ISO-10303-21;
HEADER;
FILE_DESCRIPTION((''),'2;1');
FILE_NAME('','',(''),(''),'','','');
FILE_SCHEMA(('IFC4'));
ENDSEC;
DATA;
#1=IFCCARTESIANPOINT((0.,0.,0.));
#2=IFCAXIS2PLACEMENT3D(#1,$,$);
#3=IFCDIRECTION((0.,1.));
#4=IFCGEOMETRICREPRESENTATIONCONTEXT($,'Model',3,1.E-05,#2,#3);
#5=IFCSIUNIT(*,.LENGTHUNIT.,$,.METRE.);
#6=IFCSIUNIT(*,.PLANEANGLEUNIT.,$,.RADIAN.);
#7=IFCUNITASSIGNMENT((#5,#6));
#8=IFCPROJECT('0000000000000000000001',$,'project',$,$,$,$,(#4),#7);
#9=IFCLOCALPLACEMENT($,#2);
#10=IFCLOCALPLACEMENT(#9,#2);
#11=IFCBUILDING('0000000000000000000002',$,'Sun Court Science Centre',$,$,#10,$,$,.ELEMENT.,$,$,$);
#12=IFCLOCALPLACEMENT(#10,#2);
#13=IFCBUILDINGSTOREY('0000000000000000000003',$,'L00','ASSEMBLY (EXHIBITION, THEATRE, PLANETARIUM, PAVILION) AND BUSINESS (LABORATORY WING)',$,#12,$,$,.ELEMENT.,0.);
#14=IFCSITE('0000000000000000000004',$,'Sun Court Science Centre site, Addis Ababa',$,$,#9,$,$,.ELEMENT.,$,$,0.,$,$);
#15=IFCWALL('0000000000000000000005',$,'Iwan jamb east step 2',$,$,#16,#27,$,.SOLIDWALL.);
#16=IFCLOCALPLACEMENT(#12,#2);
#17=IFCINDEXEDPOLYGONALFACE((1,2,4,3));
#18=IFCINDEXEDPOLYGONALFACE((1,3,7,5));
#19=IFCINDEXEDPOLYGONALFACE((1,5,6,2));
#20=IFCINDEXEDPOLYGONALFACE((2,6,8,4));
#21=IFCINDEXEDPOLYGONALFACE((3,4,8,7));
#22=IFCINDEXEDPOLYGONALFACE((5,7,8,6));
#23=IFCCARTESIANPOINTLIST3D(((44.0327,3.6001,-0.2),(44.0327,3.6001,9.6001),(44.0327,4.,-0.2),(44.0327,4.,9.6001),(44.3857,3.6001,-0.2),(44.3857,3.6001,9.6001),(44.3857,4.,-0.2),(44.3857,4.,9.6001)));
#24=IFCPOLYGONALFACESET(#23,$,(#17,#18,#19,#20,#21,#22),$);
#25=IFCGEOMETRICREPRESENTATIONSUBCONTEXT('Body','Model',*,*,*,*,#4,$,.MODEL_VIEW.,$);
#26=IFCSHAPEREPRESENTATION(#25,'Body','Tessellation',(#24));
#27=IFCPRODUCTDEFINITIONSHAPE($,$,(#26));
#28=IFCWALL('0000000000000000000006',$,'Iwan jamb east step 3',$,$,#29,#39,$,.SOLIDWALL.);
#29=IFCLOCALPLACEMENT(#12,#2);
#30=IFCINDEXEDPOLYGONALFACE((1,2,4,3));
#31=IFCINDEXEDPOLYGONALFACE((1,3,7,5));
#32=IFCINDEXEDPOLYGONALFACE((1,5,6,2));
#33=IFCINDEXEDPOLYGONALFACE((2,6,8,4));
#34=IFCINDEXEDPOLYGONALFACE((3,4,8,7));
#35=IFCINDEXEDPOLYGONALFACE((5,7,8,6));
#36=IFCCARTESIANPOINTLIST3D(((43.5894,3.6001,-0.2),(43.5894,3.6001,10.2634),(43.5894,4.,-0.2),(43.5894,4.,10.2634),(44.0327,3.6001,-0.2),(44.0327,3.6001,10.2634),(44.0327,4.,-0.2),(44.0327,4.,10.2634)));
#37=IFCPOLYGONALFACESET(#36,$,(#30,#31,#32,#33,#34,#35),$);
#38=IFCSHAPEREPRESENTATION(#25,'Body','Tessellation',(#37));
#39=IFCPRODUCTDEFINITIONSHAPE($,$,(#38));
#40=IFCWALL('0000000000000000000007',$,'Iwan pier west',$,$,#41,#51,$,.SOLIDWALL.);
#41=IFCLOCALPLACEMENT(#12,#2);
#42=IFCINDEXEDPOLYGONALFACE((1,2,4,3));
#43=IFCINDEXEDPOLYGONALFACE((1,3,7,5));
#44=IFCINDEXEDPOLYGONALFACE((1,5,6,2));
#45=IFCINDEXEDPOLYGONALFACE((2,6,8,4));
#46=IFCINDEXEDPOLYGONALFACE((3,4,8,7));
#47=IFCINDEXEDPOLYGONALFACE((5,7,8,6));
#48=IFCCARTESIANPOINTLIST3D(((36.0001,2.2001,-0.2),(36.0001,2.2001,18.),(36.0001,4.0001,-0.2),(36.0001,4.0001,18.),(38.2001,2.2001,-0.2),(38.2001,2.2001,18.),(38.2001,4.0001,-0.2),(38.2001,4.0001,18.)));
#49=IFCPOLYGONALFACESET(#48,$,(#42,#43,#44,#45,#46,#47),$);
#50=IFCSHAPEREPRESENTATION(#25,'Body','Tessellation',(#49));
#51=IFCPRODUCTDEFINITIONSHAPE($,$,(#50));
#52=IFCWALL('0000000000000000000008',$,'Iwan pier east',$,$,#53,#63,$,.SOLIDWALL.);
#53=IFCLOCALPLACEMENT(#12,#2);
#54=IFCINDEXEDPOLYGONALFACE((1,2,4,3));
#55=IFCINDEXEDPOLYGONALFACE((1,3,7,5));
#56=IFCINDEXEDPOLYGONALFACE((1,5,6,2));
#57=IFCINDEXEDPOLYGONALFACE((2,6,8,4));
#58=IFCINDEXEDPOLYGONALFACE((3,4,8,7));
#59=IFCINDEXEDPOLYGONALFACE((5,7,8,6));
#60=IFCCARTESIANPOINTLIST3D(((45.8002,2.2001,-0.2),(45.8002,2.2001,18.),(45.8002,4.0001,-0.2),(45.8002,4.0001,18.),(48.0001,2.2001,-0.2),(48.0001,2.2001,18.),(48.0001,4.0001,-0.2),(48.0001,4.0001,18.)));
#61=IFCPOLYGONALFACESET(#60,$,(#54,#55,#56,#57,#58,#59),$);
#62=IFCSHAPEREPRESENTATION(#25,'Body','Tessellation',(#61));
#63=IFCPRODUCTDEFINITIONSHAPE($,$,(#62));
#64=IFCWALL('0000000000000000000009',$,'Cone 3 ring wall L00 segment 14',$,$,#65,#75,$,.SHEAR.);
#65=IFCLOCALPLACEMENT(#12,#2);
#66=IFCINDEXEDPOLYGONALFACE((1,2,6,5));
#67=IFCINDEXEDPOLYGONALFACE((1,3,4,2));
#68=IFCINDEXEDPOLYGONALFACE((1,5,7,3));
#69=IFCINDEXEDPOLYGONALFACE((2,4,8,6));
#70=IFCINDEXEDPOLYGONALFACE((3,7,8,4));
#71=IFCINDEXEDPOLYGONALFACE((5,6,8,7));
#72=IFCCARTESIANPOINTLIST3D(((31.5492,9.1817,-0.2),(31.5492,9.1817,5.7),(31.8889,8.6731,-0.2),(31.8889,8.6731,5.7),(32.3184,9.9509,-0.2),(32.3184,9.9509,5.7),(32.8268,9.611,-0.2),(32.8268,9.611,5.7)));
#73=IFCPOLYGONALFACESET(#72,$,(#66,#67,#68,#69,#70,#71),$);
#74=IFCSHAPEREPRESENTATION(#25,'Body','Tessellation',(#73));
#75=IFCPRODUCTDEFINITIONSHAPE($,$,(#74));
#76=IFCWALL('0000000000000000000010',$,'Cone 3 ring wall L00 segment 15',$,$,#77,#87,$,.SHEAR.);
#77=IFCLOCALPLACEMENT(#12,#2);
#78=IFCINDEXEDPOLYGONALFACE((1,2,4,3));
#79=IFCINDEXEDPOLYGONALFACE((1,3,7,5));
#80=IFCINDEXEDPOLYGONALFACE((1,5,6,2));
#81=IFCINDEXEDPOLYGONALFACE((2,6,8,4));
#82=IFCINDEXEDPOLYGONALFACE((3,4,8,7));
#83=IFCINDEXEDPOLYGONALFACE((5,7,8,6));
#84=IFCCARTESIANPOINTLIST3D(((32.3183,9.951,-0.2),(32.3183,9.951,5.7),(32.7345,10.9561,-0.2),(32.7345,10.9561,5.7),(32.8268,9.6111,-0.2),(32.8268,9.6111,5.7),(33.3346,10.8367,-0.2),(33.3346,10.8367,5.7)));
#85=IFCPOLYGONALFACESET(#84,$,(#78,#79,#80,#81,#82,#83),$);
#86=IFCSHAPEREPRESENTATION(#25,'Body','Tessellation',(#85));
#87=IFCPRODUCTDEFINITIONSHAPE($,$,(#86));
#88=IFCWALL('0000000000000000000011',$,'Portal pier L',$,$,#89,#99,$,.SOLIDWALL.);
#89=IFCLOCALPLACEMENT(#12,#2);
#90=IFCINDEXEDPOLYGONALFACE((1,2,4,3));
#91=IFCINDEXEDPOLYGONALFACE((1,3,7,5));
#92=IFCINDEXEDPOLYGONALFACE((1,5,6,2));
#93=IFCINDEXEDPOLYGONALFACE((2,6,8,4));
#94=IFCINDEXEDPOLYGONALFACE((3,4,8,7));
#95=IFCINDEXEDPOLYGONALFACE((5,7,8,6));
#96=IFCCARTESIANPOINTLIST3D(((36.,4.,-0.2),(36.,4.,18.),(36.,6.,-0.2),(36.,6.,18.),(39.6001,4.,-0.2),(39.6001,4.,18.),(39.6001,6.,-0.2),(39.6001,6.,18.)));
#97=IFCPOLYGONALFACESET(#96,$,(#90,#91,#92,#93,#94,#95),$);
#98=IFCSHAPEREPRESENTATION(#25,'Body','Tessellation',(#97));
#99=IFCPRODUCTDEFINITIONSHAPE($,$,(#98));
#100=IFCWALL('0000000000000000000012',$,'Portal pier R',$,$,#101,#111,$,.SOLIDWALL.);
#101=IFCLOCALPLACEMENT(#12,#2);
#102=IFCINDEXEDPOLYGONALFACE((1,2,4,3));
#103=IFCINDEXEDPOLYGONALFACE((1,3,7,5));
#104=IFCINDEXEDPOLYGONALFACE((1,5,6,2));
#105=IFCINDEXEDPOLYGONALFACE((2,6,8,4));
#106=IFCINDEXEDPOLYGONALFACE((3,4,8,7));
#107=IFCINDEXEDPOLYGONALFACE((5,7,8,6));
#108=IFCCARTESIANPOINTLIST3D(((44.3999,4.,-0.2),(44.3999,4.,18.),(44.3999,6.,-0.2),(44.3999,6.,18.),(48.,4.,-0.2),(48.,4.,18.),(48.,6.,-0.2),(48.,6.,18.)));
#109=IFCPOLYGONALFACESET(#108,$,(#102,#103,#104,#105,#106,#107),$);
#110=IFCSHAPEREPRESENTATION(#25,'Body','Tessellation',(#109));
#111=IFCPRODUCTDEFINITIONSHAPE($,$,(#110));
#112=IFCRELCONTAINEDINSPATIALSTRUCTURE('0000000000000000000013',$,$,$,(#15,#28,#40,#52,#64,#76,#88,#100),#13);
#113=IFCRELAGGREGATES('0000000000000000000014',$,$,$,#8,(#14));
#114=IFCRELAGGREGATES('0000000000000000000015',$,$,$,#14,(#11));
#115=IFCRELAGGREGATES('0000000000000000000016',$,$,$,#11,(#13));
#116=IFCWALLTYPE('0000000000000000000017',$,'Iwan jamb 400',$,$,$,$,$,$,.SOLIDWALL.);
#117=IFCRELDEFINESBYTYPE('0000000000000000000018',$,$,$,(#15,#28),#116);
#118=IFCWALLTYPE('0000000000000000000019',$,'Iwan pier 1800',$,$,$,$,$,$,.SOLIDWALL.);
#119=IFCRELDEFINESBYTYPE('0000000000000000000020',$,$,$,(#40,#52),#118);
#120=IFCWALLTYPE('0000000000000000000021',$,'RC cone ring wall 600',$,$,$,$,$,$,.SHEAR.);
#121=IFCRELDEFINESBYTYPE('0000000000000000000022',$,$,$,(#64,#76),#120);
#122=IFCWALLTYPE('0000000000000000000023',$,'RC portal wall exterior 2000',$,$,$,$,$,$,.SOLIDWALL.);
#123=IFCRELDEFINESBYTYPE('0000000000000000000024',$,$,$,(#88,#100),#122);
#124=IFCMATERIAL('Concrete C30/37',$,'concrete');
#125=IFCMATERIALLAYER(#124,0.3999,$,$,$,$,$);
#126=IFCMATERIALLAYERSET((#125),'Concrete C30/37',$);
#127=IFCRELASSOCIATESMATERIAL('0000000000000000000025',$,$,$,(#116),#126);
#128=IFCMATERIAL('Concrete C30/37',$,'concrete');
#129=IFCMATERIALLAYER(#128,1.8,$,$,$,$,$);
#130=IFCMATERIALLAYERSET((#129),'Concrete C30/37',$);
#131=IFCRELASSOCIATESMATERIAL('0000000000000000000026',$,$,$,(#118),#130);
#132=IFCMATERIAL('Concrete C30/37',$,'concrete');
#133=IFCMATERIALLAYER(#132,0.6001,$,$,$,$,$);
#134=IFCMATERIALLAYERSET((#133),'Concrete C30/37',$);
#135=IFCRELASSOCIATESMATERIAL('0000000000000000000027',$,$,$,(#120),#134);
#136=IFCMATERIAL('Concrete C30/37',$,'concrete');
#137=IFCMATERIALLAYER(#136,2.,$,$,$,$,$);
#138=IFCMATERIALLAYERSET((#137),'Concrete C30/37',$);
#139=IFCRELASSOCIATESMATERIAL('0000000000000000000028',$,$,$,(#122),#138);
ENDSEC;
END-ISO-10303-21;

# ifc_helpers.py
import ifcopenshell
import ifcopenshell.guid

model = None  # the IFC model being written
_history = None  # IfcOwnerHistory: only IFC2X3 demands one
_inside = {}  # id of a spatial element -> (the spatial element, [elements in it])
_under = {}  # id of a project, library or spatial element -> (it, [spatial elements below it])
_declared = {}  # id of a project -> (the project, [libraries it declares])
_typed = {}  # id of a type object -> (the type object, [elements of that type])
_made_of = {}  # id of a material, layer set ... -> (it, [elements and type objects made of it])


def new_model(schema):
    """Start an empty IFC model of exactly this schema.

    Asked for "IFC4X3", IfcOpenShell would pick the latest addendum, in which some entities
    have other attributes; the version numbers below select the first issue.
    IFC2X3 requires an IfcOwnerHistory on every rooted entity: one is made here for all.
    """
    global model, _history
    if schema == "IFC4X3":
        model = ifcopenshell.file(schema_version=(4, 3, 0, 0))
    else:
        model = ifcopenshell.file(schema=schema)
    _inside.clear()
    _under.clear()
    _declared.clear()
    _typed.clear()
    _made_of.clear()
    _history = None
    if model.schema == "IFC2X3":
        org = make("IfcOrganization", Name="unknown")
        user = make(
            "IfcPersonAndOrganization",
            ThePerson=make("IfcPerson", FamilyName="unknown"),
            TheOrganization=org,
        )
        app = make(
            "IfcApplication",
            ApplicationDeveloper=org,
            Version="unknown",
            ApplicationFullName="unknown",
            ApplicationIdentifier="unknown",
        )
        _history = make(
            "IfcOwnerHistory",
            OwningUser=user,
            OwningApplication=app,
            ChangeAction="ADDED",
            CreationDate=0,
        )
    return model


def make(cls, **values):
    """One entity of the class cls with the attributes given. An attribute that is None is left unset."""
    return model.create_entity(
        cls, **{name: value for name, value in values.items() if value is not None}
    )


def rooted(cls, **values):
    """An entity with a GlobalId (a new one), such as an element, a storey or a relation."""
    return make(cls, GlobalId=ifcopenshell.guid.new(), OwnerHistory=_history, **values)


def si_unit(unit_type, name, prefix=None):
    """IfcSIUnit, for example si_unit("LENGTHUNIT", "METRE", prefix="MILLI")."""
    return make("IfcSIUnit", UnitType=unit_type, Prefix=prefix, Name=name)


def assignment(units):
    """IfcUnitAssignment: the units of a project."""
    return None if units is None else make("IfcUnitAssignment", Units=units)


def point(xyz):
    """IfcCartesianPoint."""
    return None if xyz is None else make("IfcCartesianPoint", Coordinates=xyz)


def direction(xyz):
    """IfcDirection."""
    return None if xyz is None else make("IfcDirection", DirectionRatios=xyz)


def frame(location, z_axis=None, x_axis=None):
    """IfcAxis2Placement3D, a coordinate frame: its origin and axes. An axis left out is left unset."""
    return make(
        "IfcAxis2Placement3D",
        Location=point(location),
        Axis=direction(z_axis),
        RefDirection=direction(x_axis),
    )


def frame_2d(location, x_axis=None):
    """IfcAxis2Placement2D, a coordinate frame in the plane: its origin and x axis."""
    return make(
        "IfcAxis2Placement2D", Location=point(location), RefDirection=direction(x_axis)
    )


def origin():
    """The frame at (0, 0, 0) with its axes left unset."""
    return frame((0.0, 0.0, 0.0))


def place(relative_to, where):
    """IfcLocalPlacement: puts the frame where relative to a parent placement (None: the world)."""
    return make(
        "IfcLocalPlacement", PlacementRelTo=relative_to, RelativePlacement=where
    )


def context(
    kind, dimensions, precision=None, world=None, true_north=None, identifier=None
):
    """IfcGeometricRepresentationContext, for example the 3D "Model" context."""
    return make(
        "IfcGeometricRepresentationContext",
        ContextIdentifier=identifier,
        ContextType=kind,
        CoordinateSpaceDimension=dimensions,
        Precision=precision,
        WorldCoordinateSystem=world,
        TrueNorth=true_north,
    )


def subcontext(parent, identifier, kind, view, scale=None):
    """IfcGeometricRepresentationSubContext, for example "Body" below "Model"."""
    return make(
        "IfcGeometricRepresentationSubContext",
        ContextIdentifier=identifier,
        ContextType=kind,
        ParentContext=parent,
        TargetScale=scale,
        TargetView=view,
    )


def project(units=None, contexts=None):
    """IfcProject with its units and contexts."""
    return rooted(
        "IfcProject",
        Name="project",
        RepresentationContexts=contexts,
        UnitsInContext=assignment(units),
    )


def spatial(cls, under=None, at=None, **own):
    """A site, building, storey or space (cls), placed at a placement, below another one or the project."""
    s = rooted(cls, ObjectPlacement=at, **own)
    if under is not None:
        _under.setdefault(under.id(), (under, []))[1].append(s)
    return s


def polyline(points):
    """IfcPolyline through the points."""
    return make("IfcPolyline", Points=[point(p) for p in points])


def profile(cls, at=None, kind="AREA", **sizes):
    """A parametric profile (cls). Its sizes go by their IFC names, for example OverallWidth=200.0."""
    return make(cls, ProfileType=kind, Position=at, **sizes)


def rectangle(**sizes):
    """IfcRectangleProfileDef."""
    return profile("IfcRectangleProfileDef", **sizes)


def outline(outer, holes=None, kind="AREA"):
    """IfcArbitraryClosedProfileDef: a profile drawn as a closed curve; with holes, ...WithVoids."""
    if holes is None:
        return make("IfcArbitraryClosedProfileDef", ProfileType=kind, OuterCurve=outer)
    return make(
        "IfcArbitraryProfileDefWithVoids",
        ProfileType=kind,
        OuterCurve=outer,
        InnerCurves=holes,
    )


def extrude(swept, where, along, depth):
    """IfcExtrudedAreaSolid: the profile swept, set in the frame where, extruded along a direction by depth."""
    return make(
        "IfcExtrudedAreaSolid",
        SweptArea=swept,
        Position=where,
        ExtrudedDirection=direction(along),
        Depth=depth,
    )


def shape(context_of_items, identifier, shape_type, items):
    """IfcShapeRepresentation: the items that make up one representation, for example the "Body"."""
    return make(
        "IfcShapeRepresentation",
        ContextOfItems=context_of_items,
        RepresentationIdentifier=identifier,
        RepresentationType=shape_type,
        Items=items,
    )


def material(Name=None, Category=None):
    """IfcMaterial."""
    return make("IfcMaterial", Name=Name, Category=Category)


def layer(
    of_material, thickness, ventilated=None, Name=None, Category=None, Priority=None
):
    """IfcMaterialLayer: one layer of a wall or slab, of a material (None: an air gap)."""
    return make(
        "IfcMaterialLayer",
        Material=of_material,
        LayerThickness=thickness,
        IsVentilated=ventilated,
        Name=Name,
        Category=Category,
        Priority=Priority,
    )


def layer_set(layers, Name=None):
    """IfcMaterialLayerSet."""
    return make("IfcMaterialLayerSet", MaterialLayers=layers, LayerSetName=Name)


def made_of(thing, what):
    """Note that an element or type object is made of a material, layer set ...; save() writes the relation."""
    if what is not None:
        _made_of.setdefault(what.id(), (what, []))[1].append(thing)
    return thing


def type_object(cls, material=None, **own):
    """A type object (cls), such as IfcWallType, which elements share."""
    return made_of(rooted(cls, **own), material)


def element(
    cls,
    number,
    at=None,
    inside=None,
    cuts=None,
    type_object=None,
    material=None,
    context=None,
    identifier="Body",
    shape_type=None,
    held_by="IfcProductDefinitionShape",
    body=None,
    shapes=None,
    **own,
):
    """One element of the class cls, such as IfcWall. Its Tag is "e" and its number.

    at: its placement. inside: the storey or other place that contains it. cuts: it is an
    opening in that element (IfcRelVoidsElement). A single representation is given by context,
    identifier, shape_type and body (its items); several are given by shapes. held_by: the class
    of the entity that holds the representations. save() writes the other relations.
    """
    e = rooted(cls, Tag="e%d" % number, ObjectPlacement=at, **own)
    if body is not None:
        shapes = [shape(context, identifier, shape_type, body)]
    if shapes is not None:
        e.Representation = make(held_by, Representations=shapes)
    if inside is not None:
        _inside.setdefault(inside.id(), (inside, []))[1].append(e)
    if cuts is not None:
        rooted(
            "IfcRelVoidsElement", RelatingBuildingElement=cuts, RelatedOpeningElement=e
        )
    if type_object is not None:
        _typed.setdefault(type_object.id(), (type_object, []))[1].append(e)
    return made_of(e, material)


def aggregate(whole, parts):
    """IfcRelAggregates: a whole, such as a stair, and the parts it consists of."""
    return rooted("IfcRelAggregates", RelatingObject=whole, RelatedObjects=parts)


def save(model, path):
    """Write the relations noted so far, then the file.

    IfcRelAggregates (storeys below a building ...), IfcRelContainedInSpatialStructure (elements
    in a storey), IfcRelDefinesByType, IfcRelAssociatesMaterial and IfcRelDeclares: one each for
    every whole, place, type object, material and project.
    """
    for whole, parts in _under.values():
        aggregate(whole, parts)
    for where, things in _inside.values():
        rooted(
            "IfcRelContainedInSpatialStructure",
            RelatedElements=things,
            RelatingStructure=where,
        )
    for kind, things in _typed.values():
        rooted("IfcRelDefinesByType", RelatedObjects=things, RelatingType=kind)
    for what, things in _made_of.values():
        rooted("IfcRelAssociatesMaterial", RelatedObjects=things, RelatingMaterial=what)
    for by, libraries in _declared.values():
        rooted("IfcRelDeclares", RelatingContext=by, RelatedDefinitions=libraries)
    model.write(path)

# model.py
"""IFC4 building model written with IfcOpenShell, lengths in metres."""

from ifc_helpers import new_model, si_unit, direction, frame, frame_2d, origin, place, context, subcontext, project, spatial, polyline, rectangle, outline, extrude, material, layer, layer_set, type_object, element, save


model = new_model("IFC4")

# Units and contexts
model_context = context("Model", 3, precision=1e-05, world=origin(), true_north=direction((0.0, 1.0)))
body_context = subcontext(model_context, "Body", "Model", "MODEL_VIEW")
ifc_project = project(units=[si_unit("LENGTHUNIT", "METRE"), si_unit("PLANEANGLEUNIT", "RADIAN")], contexts=[model_context])

# Site, building, storey
site_placement = place(None, origin())
site = spatial("IfcSite", under=ifc_project, at=site_placement, Name="Sun Court Science Centre site, Addis Ababa", CompositionType="ELEMENT", RefElevation=0.0)
building_placement = place(site_placement, origin())
building = spatial("IfcBuilding", under=site, at=building_placement, Name="Sun Court Science Centre", CompositionType="ELEMENT")
storey_placement = place(building_placement, origin())
storey = spatial("IfcBuildingStorey", under=building, at=storey_placement, Name="L00", Description="ASSEMBLY (EXHIBITION, THEATRE, PLANETARIUM, PAVILION) AND BUSINESS (LABORATORY WING)", CompositionType="ELEMENT", Elevation=0.0)

# Walls
ifc_material_1 = material(Name="Concrete C30/37", Category="concrete")
ifc_layer_1 = layer(ifc_material_1, 0.3999)
ifc_layer_set_1 = layer_set([ifc_layer_1], Name="Concrete C30/37")
wall_type_1 = type_object("IfcWallType", Name="Iwan jamb 400", PredefinedType="SOLIDWALL", material=ifc_layer_set_1)
wall_1_placement = place(storey_placement, frame((44.0327, 3.8, -0.2), z_axis=(0.0, 0.0, 1.0), x_axis=(1.0, 0.0, 0.0)))
element("IfcWall", 1, at=wall_1_placement, inside=storey, type_object=wall_type_1, Name="Iwan jamb east step 2", PredefinedType="SOLIDWALL", context=body_context, shape_type="SweptSolid", body=[
    extrude(rectangle(XDim=0.353, YDim=0.3999, at=frame_2d((0.1765, 0.0))), origin(), (0.0, 0.0, 1.0), 9.8),
])
wall_2_placement = place(storey_placement, frame((43.5894, 3.8, -0.2), z_axis=(0.0, 0.0, 1.0), x_axis=(1.0, 0.0, 0.0)))
element("IfcWall", 2, at=wall_2_placement, inside=storey, type_object=wall_type_1, Name="Iwan jamb east step 3", PredefinedType="SOLIDWALL", context=body_context, shape_type="SweptSolid", body=[
    extrude(rectangle(XDim=0.4434, YDim=0.3999, at=frame_2d((0.2217, 0.0))), origin(), (0.0, 0.0, 1.0), 10.4634),
])
ifc_material_2 = material(Name="Concrete C30/37", Category="concrete")
ifc_layer_2 = layer(ifc_material_2, 1.8)
ifc_layer_set_2 = layer_set([ifc_layer_2], Name="Concrete C30/37")
wall_type_2 = type_object("IfcWallType", Name="Iwan pier 1800", PredefinedType="SOLIDWALL", material=ifc_layer_set_2)
for number, where, z_axis, x_axis, name in (
    (3, (36.0, 3.1001, -0.2), (0.0, 0.0, 1.0), (1.0, 0.0, 0.0), "Iwan pier west"),
    (4, (45.8, 3.1001, -0.2), (0.0, 0.0, 1.0), (1.0, 0.0, 0.0), "Iwan pier east"),
):
    element("IfcWall", number, at=place(storey_placement, frame(where, z_axis=z_axis, x_axis=x_axis)), inside=storey, type_object=wall_type_2, Name=name, PredefinedType="SOLIDWALL", context=body_context, shape_type="SweptSolid", body=[
        extrude(rectangle(XDim=2.2, YDim=1.8, at=frame_2d((1.1001, 0.0))), origin(), (0.0, 0.0, 1.0), 18.2),
    ])
ifc_material_3 = material(Name="Concrete C30/37", Category="concrete")
ifc_layer_3 = layer(ifc_material_3, 0.6001)
ifc_layer_set_3 = layer_set([ifc_layer_3], Name="Concrete C30/37")
wall_type_3 = type_object("IfcWallType", Name="RC cone ring wall 600", PredefinedType="SHEAR", material=ifc_layer_set_3)
wall_3_placement = place(storey_placement, frame((31.6768, 8.8853, -0.2), z_axis=(0.0, 0.0, 1.0), x_axis=(0.707107, 0.707107, 0.0)))
element("IfcWall", 5, at=wall_3_placement, inside=storey, type_object=wall_type_3, Name="Cone 3 ring wall L00 segment 14", PredefinedType="SHEAR", context=body_context, shape_type="SweptSolid", body=[
    extrude(outline(polyline([(0.0, -0.3), (1.3264, -0.3), (1.2073, 0.2998), (0.1194, 0.2998), (0.0, -0.3)])), origin(), (0.0, 0.0, 1.0), 5.8999),
])
wall_4_placement = place(storey_placement, frame((32.5498, 9.7258, -0.2), z_axis=(0.0, 0.0, 1.0), x_axis=(0.382785, 0.923837, 0.0)))
element("IfcWall", 6, at=wall_4_placement, inside=storey, type_object=wall_type_3, Name="Cone 3 ring wall L00 segment 15", PredefinedType="SHEAR", context=body_context, shape_type="SweptSolid", body=[
    extrude(outline(polyline([(0.0, -0.2998), (1.3267, -0.2998), (1.2073, 0.3003), (0.1194, 0.3), (0.0, -0.2998)])), origin(), (0.0, 0.0, 1.0), 5.8999),
])
ifc_material_4 = material(Name="Concrete C30/37", Category="concrete")
ifc_layer_4 = layer(ifc_material_4, 2.0)
ifc_layer_set_4 = layer_set([ifc_layer_4], Name="Concrete C30/37")
wall_type_4 = type_object("IfcWallType", Name="RC portal wall exterior 2000", PredefinedType="SOLIDWALL", material=ifc_layer_set_4)
for number, where, z_axis, x_axis, name in (
    (7, (36.0, 5.0, -0.2), (0.0, 0.0, 1.0), (1.0, 0.0, 0.0), "Portal pier L"),
    (8, (44.3999, 5.0, -0.2), (0.0, 0.0, 1.0), (1.0, 0.0, 0.0), "Portal pier R"),
):
    element("IfcWall", number, at=place(storey_placement, frame(where, z_axis=z_axis, x_axis=x_axis)), inside=storey, type_object=wall_type_4, Name=name, PredefinedType="SOLIDWALL", context=body_context, shape_type="SweptSolid", body=[
        extrude(rectangle(XDim=3.6001, YDim=2.0, at=frame_2d((1.8, 0.0))), origin(), (0.0, 0.0, 1.0), 18.2),
    ])

save(model, "model.ifc")
